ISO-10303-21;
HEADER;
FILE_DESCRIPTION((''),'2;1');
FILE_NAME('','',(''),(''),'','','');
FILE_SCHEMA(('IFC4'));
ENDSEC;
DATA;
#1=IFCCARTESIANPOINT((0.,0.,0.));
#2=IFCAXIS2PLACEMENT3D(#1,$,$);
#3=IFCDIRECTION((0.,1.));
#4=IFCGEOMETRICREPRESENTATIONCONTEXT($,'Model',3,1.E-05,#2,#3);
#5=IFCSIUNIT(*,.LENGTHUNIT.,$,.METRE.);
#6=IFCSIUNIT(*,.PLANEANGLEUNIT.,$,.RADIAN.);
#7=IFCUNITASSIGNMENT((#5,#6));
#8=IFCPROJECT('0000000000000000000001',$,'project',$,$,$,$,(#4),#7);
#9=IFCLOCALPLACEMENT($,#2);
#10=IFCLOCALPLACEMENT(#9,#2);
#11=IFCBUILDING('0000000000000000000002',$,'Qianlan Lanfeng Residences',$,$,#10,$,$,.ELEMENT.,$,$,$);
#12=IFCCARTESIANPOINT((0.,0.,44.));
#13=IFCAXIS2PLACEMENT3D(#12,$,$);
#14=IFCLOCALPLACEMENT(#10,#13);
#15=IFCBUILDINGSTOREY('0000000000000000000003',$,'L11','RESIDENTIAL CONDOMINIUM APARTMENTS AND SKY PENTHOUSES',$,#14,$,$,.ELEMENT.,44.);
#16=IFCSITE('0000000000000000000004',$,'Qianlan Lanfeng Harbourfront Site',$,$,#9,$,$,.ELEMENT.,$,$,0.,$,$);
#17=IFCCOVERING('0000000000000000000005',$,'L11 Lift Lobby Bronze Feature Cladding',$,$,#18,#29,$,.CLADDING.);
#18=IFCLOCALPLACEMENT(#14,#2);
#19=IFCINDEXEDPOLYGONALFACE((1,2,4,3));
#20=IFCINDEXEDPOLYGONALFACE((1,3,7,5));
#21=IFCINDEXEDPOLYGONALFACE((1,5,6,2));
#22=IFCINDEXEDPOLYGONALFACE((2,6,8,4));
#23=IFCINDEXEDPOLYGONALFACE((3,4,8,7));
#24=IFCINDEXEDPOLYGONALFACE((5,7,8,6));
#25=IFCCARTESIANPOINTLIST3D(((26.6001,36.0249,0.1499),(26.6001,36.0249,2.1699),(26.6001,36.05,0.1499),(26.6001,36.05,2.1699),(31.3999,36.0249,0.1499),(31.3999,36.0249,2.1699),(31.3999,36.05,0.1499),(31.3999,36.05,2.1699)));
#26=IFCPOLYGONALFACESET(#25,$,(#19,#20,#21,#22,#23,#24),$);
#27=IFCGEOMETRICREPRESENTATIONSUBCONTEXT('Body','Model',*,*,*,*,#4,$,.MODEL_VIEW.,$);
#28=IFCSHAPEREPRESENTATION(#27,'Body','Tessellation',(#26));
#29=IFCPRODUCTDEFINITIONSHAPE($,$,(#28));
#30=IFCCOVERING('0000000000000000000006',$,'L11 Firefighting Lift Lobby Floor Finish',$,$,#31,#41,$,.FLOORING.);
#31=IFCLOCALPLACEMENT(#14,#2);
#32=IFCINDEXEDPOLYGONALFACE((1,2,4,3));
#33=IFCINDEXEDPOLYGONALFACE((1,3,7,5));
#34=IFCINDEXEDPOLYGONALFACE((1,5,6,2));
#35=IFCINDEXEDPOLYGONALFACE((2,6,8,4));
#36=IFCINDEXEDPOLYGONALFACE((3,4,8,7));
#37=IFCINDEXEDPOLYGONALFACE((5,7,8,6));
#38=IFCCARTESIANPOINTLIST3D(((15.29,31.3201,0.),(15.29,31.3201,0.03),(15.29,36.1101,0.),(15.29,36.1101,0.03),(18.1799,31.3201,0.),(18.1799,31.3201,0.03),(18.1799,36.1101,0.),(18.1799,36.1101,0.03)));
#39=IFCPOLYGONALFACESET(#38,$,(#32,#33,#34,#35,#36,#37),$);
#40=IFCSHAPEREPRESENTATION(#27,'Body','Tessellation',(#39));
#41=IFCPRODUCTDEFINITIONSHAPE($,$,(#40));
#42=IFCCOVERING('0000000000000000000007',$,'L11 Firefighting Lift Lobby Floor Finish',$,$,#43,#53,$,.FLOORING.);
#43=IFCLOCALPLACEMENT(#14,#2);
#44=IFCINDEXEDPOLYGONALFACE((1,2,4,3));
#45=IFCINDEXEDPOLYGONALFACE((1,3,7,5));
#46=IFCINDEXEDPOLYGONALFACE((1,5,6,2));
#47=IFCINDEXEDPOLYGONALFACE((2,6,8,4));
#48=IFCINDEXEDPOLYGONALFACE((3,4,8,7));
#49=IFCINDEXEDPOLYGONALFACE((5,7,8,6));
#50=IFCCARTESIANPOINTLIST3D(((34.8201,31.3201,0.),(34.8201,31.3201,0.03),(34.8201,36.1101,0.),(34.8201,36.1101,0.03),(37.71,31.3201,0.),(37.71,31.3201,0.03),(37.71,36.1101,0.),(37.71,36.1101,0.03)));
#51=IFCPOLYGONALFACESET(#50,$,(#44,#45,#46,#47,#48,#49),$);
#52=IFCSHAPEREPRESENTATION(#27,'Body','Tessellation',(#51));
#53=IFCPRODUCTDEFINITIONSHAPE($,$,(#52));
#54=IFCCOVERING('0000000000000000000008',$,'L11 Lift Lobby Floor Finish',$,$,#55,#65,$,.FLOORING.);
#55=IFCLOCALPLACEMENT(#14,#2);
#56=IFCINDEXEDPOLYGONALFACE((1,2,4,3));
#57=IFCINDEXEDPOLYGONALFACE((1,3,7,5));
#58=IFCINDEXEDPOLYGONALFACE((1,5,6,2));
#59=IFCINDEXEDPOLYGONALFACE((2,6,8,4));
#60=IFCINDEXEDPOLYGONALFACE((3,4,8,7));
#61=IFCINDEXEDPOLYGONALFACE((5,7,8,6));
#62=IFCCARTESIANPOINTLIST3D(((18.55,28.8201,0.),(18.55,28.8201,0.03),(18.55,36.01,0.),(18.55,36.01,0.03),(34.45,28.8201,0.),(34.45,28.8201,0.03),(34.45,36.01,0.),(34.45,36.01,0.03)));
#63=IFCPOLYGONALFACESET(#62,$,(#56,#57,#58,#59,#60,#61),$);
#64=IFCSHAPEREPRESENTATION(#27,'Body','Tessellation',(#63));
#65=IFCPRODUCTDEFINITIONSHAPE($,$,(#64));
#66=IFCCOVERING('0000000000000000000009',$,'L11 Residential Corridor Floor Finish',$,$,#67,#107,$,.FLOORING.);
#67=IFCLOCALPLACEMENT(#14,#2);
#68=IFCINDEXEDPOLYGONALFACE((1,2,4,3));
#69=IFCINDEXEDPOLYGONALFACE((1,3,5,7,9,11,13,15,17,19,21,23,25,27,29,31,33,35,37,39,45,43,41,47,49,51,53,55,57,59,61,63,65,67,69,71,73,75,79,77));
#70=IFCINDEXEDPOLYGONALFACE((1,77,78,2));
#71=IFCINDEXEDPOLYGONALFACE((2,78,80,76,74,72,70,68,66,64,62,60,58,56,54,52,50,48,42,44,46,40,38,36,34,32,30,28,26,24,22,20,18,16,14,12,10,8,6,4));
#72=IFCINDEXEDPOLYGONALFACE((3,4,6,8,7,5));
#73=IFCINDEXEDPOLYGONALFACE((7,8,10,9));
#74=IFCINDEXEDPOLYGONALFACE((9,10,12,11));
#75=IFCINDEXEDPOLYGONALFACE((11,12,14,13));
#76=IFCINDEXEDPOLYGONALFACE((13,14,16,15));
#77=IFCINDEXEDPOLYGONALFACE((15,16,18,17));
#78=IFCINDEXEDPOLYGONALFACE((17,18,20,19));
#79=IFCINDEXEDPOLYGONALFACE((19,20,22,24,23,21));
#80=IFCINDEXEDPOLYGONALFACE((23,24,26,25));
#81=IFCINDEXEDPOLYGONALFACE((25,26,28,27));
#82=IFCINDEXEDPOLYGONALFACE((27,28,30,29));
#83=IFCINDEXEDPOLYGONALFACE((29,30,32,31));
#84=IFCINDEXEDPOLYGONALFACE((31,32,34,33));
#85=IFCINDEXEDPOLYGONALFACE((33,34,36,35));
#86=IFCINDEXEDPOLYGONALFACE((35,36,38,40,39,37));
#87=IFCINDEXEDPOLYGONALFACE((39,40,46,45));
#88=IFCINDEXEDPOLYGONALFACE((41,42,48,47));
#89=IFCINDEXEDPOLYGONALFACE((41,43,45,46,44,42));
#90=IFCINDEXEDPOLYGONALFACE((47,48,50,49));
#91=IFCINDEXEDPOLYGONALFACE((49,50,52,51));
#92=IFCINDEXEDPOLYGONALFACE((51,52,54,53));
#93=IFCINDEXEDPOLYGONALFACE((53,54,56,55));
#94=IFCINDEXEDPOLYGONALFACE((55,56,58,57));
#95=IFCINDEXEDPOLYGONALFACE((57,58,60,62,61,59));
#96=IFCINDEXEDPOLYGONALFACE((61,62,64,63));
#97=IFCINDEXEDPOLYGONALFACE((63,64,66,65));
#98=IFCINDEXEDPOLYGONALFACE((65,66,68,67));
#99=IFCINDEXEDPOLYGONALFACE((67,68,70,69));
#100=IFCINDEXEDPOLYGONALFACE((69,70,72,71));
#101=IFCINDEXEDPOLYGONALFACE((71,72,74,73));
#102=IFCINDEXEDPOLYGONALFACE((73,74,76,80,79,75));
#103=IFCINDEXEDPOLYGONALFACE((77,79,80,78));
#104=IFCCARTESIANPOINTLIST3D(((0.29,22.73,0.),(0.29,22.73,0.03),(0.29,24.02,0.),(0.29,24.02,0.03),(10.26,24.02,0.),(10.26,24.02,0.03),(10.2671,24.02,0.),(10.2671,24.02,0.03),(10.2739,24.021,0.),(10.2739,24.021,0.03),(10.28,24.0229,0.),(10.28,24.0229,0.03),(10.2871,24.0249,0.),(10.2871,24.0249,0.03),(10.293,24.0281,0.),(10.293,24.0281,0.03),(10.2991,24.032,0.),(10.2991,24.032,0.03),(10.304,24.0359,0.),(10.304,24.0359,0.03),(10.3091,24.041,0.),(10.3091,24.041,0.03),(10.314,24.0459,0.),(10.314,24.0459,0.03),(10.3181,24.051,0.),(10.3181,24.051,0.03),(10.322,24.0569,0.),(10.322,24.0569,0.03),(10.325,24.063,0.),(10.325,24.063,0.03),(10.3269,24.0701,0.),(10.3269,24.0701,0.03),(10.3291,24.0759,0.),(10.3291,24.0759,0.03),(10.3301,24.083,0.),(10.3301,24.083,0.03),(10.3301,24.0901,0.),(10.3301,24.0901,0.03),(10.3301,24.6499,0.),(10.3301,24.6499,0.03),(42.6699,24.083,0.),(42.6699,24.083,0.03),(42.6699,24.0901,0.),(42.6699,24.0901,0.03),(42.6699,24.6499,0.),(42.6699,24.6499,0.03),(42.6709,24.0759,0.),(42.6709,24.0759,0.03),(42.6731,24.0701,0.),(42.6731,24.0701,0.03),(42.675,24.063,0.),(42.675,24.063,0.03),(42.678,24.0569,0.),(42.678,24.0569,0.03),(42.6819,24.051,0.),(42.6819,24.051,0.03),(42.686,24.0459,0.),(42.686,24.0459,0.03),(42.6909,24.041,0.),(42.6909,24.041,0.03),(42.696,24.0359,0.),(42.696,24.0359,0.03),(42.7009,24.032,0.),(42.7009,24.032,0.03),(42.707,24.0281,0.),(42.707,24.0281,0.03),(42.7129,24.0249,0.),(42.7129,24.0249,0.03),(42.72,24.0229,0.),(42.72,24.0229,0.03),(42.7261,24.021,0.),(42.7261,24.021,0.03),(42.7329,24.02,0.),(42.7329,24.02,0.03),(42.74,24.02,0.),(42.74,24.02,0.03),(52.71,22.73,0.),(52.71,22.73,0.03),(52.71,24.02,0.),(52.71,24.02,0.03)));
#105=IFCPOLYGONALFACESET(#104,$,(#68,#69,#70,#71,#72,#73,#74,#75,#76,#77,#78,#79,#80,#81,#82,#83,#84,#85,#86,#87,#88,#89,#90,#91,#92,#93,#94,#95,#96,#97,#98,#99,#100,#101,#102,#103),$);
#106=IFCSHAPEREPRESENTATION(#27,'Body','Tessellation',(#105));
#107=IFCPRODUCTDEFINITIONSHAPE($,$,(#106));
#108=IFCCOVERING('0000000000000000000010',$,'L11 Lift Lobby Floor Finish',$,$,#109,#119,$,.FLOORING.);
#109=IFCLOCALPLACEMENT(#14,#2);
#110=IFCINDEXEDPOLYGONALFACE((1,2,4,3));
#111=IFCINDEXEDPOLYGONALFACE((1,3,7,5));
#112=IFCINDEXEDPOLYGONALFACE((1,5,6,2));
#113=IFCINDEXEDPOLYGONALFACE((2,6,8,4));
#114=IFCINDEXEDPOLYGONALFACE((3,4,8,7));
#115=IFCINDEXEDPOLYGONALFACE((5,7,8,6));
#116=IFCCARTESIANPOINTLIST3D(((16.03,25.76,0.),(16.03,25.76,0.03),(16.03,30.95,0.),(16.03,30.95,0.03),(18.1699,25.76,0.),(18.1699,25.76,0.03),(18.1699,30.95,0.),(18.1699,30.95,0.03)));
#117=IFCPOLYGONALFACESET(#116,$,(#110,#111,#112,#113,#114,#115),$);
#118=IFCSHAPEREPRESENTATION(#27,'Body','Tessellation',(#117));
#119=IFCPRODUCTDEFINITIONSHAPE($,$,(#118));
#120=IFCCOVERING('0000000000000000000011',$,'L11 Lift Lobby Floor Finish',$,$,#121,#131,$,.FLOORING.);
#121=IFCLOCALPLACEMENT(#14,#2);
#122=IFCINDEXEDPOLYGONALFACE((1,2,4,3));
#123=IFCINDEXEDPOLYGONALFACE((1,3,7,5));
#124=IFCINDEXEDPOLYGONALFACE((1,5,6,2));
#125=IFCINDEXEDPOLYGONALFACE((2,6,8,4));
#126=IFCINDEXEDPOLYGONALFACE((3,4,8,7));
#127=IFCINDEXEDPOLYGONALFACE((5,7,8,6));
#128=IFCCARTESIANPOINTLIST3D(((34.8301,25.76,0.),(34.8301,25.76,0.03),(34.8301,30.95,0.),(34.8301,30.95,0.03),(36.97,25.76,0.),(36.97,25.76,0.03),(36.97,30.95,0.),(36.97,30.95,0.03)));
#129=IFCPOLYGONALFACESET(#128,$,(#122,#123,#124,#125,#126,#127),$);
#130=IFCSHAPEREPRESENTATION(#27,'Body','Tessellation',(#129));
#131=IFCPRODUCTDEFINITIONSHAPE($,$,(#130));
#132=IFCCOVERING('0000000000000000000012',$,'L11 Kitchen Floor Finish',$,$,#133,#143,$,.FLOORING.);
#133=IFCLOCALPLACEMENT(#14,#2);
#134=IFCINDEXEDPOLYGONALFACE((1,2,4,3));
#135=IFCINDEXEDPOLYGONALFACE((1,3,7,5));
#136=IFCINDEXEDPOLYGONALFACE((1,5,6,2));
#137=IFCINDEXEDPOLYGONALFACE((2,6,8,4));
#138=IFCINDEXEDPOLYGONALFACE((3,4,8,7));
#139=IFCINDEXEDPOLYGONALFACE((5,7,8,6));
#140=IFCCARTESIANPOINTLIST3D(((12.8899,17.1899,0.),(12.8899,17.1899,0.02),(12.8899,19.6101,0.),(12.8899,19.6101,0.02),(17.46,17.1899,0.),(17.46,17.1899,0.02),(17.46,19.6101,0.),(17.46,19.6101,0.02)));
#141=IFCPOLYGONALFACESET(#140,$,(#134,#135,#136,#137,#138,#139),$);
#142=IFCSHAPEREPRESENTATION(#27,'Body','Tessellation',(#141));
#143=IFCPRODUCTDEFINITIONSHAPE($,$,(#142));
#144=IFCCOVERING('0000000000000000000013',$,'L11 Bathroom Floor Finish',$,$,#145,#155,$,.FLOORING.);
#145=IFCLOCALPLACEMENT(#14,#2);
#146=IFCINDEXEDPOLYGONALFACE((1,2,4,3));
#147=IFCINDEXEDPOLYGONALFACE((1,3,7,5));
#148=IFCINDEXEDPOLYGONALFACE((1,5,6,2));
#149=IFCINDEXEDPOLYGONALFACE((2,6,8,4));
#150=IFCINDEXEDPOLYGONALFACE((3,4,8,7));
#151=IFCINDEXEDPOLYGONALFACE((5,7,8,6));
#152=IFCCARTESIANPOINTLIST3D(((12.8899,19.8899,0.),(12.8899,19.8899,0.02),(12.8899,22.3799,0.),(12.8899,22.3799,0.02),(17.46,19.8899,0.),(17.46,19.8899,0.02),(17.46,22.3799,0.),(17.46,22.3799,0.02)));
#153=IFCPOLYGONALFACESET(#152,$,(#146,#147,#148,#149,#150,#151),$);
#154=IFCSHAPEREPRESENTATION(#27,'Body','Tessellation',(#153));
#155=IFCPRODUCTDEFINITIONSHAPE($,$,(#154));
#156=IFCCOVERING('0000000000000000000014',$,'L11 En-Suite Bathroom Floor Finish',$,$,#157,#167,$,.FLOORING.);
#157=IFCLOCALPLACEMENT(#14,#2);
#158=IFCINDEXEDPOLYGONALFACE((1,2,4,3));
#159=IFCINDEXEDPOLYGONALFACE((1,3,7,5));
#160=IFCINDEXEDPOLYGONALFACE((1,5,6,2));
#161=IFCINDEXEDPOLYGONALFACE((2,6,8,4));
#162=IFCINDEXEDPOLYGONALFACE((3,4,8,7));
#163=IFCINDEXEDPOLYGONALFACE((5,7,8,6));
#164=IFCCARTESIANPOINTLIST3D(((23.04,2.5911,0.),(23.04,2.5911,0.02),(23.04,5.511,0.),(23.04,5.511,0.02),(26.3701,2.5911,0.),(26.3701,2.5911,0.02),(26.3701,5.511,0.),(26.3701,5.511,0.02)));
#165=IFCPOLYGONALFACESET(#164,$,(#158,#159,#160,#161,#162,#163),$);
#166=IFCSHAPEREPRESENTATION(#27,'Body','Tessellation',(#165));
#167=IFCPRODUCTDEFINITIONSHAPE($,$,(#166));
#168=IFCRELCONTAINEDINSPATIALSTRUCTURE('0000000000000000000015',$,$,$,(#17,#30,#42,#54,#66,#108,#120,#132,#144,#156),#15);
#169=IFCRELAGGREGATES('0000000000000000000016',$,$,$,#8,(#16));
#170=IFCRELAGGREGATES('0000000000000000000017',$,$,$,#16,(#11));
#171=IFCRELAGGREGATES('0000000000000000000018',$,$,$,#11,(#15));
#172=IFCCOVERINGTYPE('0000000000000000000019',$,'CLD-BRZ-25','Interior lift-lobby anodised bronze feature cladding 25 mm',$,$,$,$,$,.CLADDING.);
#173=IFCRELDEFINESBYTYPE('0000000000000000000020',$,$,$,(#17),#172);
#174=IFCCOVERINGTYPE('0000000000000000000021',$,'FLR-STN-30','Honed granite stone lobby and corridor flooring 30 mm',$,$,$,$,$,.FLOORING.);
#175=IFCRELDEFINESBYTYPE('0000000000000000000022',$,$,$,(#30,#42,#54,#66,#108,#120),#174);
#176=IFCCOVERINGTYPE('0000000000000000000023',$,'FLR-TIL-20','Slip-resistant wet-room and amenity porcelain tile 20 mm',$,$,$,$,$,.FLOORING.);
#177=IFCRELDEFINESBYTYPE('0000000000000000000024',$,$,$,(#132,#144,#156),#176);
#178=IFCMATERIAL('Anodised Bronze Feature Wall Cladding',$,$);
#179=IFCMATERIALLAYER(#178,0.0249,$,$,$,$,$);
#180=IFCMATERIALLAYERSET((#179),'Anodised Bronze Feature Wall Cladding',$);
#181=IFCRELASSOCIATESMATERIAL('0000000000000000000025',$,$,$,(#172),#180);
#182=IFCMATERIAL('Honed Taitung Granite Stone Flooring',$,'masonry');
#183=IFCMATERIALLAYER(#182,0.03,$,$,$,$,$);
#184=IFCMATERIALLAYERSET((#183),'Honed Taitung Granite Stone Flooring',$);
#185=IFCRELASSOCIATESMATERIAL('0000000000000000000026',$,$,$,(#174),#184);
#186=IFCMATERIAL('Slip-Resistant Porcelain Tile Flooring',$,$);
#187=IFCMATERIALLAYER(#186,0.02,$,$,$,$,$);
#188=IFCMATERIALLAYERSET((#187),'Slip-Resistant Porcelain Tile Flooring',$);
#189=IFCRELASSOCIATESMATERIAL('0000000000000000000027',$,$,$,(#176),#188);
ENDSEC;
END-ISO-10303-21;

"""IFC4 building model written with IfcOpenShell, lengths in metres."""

from ifc_helpers import new_model, si_unit, direction, frame, origin, place, context, subcontext, project, spatial, polyline, outline, extrude, material, layer, layer_set, type_object, element, save


model = new_model("IFC4")

# Units and contexts
model_context = context("Model", 3, precision=1e-05, world=origin(), true_north=direction((0.0, 1.0)))
body_context = subcontext(model_context, "Body", "Model", "MODEL_VIEW")
ifc_project = project(units=[si_unit("LENGTHUNIT", "METRE"), si_unit("PLANEANGLEUNIT", "RADIAN")], contexts=[model_context])

# Site, building, storey
site_placement = place(None, origin())
site = spatial("IfcSite", under=ifc_project, at=site_placement, Name="Qianlan Lanfeng Harbourfront Site", CompositionType="ELEMENT", RefElevation=0.0)
building_placement = place(site_placement, origin())
building = spatial("IfcBuilding", under=site, at=building_placement, Name="Qianlan Lanfeng Residences", CompositionType="ELEMENT")
storey_placement = place(building_placement, frame((0.0, 0.0, 44.0)))
storey = spatial("IfcBuildingStorey", under=building, at=storey_placement, Name="L11", Description="RESIDENTIAL CONDOMINIUM APARTMENTS AND SKY PENTHOUSES", CompositionType="ELEMENT", Elevation=44.0)

# Coverings
ifc_material_1 = material(Name="Anodised Bronze Feature Wall Cladding")
ifc_layer_1 = layer(ifc_material_1, 0.0249)
ifc_layer_set_1 = layer_set([ifc_layer_1], Name="Anodised Bronze Feature Wall Cladding")
covering_type_1 = type_object("IfcCoveringType", Name="CLD-BRZ-25", Description="Interior lift-lobby anodised bronze feature cladding 25 mm", PredefinedType="CLADDING", material=ifc_layer_set_1)
covering_1_placement = place(storey_placement, frame((0.0, 0.0, 0.1499)))
element("IfcCovering", 1, at=covering_1_placement, inside=storey, type_object=covering_type_1, Name="L11 Lift Lobby Bronze Feature Cladding", PredefinedType="CLADDING", context=body_context, shape_type="SweptSolid", body=[
    extrude(outline(polyline([(26.6001, 36.0249), (31.3999, 36.0249), (31.3999, 36.05), (26.6001, 36.05), (26.6001, 36.0249)])), origin(), (0.0, 0.0, 1.0), 2.02),
])
ifc_material_2 = material(Name="Honed Taitung Granite Stone Flooring", Category="masonry")
ifc_layer_2 = layer(ifc_material_2, 0.03)
ifc_layer_set_2 = layer_set([ifc_layer_2], Name="Honed Taitung Granite Stone Flooring")
covering_type_2 = type_object("IfcCoveringType", Name="FLR-STN-30", Description="Honed granite stone lobby and corridor flooring 30 mm", PredefinedType="FLOORING", material=ifc_layer_set_2)
covering_2_placement = place(storey_placement, origin())
element("IfcCovering", 2, at=covering_2_placement, inside=storey, type_object=covering_type_2, Name="L11 Firefighting Lift Lobby Floor Finish", PredefinedType="FLOORING", context=body_context, shape_type="SweptSolid", body=[
    extrude(outline(polyline([(15.29, 31.3201), (18.1799, 31.3201), (18.1799, 36.1101), (15.29, 36.1101), (15.29, 31.3201)])), origin(), (0.0, 0.0, 1.0), 0.03),
])
covering_3_placement = place(storey_placement, origin())
element("IfcCovering", 3, at=covering_3_placement, inside=storey, type_object=covering_type_2, Name="L11 Firefighting Lift Lobby Floor Finish", PredefinedType="FLOORING", context=body_context, shape_type="SweptSolid", body=[
    extrude(outline(polyline([(34.8201, 31.3201), (37.71, 31.3201), (37.71, 36.1101), (34.8201, 36.1101), (34.8201, 31.3201)])), origin(), (0.0, 0.0, 1.0), 0.03),
])
covering_4_placement = place(storey_placement, origin())
element("IfcCovering", 4, at=covering_4_placement, inside=storey, type_object=covering_type_2, Name="L11 Lift Lobby Floor Finish", PredefinedType="FLOORING", context=body_context, shape_type="SweptSolid", body=[
    extrude(outline(polyline([(18.55, 28.8201), (34.45, 28.8201), (34.45, 36.01), (18.55, 36.01), (18.55, 28.8201)])), origin(), (0.0, 0.0, 1.0), 0.03),
])
covering_5_placement = place(storey_placement, origin())
element("IfcCovering", 5, at=covering_5_placement, inside=storey, type_object=covering_type_2, Name="L11 Residential Corridor Floor Finish", PredefinedType="FLOORING", context=body_context, shape_type="SweptSolid", body=[
    extrude(outline(polyline([(0.29, 22.73), (52.71, 22.73), (52.71, 24.02), (42.74, 24.02), (42.7329, 24.02), (42.7261, 24.021), (42.72, 24.0229), (42.7129, 24.0249), (42.707, 24.0281), (42.7009, 24.032), (42.696, 24.0359), (42.6909, 24.041), (42.686, 24.0459), (42.6819, 24.051), (42.678, 24.0569), (42.675, 24.063), (42.6731, 24.0701), (42.6709, 24.0759), (42.6699, 24.083), (42.6699, 24.0901), (42.6699, 24.6499), (10.3301, 24.6499), (10.3301, 24.0901), (10.3301, 24.083), (10.3291, 24.0759), (10.3269, 24.0701), (10.325, 24.063), (10.322, 24.0569), (10.3181, 24.051), (10.314, 24.0459), (10.3091, 24.041), (10.304, 24.0359), (10.2991, 24.032), (10.293, 24.0281), (10.2871, 24.0249), (10.28, 24.0229), (10.2739, 24.021), (10.2671, 24.02), (10.26, 24.02), (0.29, 24.02), (0.29, 22.73)])), origin(), (0.0, 0.0, 1.0), 0.03),
])
covering_6_placement = place(storey_placement, origin())
element("IfcCovering", 6, at=covering_6_placement, inside=storey, type_object=covering_type_2, Name="L11 Lift Lobby Floor Finish", PredefinedType="FLOORING", context=body_context, shape_type="SweptSolid", body=[
    extrude(outline(polyline([(16.03, 25.76), (18.1699, 25.76), (18.1699, 30.95), (16.03, 30.95), (16.03, 25.76)])), origin(), (0.0, 0.0, 1.0), 0.03),
])
covering_7_placement = place(storey_placement, origin())
element("IfcCovering", 7, at=covering_7_placement, inside=storey, type_object=covering_type_2, Name="L11 Lift Lobby Floor Finish", PredefinedType="FLOORING", context=body_context, shape_type="SweptSolid", body=[
    extrude(outline(polyline([(34.8301, 25.76), (36.97, 25.76), (36.97, 30.95), (34.8301, 30.95), (34.8301, 25.76)])), origin(), (0.0, 0.0, 1.0), 0.03),
])
ifc_material_3 = material(Name="Slip-Resistant Porcelain Tile Flooring")
ifc_layer_3 = layer(ifc_material_3, 0.02)
ifc_layer_set_3 = layer_set([ifc_layer_3], Name="Slip-Resistant Porcelain Tile Flooring")
covering_type_3 = type_object("IfcCoveringType", Name="FLR-TIL-20", Description="Slip-resistant wet-room and amenity porcelain tile 20 mm", PredefinedType="FLOORING", material=ifc_layer_set_3)
covering_8_placement = place(storey_placement, origin())
element("IfcCovering", 8, at=covering_8_placement, inside=storey, type_object=covering_type_3, Name="L11 Kitchen Floor Finish", PredefinedType="FLOORING", context=body_context, shape_type="SweptSolid", body=[
    extrude(outline(polyline([(12.8899, 17.1899), (17.46, 17.1899), (17.46, 19.6101), (12.8899, 19.6101), (12.8899, 17.1899)])), origin(), (0.0, 0.0, 1.0), 0.02),
])
covering_9_placement = place(storey_placement, origin())
element("IfcCovering", 9, at=covering_9_placement, inside=storey, type_object=covering_type_3, Name="L11 Bathroom Floor Finish", PredefinedType="FLOORING", context=body_context, shape_type="SweptSolid", body=[
    extrude(outline(polyline([(12.8899, 19.8899), (17.46, 19.8899), (17.46, 22.3799), (12.8899, 22.3799), (12.8899, 19.8899)])), origin(), (0.0, 0.0, 1.0), 0.02),
])
covering_10_placement = place(storey_placement, origin())
element("IfcCovering", 10, at=covering_10_placement, inside=storey, type_object=covering_type_3, Name="L11 En-Suite Bathroom Floor Finish", PredefinedType="FLOORING", context=body_context, shape_type="SweptSolid", body=[
    extrude(outline(polyline([(23.04, 2.5911), (26.3701, 2.5911), (26.3701, 5.511), (23.04, 5.511), (23.04, 2.5911)])), origin(), (0.0, 0.0, 1.0), 0.02),
])

save(model, "model.ifc")
